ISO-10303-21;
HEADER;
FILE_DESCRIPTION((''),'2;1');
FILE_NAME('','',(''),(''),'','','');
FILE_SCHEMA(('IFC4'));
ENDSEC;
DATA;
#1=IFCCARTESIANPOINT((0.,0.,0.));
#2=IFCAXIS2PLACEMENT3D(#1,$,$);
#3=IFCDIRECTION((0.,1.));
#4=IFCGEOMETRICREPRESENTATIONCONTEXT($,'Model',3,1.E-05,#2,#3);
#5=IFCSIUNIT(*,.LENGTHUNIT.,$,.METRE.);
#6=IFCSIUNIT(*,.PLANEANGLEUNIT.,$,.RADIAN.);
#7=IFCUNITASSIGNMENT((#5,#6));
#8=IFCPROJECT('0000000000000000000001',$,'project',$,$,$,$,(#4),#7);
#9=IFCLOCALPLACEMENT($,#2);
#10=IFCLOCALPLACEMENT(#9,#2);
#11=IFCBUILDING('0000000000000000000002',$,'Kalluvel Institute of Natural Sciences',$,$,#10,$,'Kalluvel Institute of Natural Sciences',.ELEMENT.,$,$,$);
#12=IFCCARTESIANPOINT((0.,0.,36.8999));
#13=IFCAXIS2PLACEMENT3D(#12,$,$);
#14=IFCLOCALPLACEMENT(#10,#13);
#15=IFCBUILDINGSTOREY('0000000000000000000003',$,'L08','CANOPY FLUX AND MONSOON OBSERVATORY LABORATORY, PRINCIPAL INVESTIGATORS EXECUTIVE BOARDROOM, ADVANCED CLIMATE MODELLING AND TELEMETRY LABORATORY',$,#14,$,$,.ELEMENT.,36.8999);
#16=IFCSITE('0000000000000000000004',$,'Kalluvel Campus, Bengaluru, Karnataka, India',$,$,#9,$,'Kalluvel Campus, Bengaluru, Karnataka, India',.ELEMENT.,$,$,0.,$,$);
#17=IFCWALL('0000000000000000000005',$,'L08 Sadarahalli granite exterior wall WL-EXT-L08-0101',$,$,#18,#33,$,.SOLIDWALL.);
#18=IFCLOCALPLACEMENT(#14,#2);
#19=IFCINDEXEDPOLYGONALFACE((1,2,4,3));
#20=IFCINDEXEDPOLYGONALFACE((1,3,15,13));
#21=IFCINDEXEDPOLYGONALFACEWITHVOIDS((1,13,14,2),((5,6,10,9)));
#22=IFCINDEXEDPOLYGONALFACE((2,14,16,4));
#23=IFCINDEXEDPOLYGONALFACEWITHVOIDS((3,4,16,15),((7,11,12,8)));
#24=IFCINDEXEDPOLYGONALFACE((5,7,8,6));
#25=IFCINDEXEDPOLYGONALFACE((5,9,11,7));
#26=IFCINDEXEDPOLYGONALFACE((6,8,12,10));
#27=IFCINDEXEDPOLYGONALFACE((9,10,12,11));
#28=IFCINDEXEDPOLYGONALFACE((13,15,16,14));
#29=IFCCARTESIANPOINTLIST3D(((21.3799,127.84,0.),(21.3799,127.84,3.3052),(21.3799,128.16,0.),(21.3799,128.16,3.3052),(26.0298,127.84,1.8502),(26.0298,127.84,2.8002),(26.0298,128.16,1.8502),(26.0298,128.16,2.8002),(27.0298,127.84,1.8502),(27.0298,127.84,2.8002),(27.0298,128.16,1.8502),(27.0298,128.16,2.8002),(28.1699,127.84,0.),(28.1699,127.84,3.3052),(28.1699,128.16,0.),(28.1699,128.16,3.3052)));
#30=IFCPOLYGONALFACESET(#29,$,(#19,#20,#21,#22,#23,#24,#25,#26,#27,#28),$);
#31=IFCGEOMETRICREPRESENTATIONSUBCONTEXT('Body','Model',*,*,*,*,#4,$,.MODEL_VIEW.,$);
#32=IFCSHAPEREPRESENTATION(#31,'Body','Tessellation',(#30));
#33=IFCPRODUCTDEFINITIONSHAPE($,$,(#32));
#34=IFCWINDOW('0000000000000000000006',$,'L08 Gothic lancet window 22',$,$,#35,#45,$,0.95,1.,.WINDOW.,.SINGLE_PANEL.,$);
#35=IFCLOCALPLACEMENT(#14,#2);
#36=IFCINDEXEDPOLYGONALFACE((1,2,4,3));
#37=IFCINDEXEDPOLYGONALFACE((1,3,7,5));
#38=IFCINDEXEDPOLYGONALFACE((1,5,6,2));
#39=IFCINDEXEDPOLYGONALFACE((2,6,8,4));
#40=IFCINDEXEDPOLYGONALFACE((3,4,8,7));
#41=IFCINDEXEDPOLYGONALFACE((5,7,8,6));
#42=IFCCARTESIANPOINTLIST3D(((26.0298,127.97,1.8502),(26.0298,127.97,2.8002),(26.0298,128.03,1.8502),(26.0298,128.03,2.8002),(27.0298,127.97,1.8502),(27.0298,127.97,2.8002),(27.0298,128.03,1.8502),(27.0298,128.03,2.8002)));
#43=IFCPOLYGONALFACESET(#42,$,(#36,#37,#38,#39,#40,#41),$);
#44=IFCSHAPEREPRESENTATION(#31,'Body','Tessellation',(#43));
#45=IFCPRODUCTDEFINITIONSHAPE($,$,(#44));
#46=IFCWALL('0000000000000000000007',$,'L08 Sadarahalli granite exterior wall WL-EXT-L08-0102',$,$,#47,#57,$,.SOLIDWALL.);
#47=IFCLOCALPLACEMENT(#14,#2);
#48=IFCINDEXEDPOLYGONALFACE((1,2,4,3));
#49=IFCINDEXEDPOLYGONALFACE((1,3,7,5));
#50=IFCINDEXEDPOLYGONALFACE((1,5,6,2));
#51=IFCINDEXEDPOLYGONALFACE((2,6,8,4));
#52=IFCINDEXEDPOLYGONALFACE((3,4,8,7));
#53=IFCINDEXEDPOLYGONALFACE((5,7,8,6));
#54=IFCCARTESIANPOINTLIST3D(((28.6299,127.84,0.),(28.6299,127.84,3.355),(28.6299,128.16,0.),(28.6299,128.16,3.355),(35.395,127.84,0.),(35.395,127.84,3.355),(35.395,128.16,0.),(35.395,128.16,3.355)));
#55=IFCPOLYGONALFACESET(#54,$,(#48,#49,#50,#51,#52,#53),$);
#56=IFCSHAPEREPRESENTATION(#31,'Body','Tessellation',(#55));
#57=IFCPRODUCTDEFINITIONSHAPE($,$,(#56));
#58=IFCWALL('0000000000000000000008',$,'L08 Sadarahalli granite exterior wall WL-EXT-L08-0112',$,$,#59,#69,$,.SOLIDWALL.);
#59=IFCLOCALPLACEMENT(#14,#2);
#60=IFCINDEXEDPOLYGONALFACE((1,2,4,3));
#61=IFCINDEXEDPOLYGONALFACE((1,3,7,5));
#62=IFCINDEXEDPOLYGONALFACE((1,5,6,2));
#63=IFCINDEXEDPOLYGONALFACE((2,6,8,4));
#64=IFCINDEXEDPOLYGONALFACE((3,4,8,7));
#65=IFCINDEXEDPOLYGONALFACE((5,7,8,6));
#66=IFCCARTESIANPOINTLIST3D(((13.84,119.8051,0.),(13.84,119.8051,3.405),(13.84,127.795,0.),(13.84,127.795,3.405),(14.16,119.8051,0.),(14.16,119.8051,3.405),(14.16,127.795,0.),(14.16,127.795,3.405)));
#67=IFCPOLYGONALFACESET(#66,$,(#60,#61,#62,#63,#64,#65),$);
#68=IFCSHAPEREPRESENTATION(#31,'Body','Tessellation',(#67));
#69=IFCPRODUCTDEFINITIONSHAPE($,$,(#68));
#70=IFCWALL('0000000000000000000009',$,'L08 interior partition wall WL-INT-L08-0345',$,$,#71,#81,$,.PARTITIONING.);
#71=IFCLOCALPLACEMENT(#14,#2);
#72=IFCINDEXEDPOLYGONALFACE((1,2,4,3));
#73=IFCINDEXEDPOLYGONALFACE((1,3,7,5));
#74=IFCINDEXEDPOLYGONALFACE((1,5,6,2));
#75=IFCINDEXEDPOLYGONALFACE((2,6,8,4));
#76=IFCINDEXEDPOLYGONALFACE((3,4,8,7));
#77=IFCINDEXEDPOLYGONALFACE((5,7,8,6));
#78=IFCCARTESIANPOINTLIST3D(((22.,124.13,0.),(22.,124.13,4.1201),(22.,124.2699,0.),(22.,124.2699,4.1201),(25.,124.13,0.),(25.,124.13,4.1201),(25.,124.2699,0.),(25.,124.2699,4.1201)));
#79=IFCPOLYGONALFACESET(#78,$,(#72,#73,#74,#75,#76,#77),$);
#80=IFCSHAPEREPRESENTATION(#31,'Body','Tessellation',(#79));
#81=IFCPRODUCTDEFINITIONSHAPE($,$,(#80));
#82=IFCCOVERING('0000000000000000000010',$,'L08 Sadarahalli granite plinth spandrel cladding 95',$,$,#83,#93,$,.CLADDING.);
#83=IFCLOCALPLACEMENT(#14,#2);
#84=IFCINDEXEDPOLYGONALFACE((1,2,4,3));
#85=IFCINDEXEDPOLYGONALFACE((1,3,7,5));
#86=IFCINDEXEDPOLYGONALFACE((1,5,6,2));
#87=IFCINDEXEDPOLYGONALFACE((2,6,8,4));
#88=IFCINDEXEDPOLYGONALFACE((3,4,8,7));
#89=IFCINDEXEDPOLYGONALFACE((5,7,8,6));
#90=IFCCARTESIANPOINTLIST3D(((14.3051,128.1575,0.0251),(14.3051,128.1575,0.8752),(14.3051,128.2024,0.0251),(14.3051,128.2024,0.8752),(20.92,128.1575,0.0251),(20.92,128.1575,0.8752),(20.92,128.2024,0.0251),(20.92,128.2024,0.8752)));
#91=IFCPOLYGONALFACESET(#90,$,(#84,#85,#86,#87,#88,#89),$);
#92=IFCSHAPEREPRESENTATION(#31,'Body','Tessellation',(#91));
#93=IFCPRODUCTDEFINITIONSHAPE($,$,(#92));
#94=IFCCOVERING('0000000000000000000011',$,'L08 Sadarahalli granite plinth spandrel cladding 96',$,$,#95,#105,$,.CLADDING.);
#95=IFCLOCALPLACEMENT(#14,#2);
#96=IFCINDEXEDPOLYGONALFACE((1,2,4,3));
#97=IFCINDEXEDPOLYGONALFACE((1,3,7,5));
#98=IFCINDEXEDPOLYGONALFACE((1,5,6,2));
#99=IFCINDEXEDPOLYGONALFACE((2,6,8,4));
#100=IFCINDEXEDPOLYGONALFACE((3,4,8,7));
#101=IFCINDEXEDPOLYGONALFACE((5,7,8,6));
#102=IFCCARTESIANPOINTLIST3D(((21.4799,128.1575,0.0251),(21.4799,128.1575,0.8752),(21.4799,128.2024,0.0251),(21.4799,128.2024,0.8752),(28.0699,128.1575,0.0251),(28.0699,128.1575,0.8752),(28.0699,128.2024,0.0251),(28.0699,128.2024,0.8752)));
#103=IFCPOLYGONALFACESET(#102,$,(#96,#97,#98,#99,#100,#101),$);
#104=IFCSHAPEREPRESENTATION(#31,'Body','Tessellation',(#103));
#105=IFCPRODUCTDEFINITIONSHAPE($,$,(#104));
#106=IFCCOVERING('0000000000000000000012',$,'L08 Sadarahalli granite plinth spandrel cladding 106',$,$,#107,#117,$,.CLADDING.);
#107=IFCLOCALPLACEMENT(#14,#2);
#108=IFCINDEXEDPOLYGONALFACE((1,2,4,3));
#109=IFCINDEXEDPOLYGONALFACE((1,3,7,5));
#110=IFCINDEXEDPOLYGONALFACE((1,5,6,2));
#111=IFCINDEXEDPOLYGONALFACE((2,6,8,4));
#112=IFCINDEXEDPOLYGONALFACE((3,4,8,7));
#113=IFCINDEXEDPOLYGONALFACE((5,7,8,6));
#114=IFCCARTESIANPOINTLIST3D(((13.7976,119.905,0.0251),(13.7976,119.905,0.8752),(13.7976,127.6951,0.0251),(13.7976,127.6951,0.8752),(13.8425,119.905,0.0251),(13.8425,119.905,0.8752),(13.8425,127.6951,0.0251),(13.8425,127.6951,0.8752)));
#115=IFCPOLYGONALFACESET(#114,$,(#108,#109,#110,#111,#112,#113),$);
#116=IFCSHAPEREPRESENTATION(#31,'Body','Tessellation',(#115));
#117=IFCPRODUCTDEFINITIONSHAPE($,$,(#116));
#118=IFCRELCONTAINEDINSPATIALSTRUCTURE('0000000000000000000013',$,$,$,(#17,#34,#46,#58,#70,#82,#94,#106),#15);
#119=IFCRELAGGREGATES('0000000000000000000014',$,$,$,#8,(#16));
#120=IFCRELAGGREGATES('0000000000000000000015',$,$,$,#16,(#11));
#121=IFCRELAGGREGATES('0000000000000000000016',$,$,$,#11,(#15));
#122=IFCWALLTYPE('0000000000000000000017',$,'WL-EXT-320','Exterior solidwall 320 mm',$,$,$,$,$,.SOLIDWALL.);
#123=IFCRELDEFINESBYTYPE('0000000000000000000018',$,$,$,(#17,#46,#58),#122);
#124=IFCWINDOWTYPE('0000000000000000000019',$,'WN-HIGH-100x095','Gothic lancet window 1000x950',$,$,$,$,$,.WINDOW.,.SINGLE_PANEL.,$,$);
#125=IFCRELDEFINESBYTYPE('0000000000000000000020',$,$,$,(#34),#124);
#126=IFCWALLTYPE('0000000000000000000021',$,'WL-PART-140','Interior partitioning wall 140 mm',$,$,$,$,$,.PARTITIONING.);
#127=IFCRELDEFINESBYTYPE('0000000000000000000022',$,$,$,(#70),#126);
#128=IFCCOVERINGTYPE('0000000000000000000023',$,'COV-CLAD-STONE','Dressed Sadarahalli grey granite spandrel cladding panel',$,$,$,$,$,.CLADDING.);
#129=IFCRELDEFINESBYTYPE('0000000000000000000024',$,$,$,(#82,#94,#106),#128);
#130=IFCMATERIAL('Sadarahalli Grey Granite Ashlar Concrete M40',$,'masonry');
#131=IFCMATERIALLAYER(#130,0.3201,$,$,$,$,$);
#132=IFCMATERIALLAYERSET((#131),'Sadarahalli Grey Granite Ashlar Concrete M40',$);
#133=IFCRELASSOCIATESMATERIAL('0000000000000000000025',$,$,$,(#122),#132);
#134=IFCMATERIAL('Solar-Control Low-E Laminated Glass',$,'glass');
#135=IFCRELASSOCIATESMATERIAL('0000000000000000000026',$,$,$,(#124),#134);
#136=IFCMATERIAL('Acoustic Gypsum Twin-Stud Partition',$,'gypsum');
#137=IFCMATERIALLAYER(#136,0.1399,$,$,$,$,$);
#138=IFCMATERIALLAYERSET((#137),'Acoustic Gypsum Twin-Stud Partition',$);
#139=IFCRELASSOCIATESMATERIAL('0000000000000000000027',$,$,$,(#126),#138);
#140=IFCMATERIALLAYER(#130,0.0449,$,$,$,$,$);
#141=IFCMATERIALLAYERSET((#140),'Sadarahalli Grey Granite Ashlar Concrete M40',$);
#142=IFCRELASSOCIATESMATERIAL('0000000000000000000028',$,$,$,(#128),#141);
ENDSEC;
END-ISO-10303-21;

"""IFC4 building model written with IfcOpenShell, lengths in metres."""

from ifc_helpers import new_model, si_unit, direction, frame, frame_2d, origin, origin_2d, place, context, subcontext, project, spatial, rectangle, extrude, material, layer, layer_set, type_object, element, fill, save


model = new_model("IFC4")

# Units and contexts
model_context = context("Model", 3, precision=1e-05, world=origin(), true_north=direction((0.0, 1.0)))
body_context = subcontext(model_context, "Body", "Model", "MODEL_VIEW")
ifc_project = project(units=[si_unit("LENGTHUNIT", "METRE"), si_unit("PLANEANGLEUNIT", "RADIAN")], contexts=[model_context])

# Site, building, storey
site_placement = place(None, origin())
site = spatial("IfcSite", under=ifc_project, at=site_placement, Name="Kalluvel Campus, Bengaluru, Karnataka, India", LongName="Kalluvel Campus, Bengaluru, Karnataka, India", CompositionType="ELEMENT", RefElevation=0.0)
building_placement = place(site_placement, origin())
building = spatial("IfcBuilding", under=site, at=building_placement, Name="Kalluvel Institute of Natural Sciences", LongName="Kalluvel Institute of Natural Sciences", CompositionType="ELEMENT")
storey_placement = place(building_placement, frame((0.0, 0.0, 36.8999)))
storey = spatial("IfcBuildingStorey", under=building, at=storey_placement, Name="L08", Description="CANOPY FLUX AND MONSOON OBSERVATORY LABORATORY, PRINCIPAL INVESTIGATORS EXECUTIVE BOARDROOM, ADVANCED CLIMATE MODELLING AND TELEMETRY LABORATORY", CompositionType="ELEMENT", Elevation=36.8999)

# Shared definitions
ifc_material_1 = material(Name="Sadarahalli Grey Granite Ashlar Concrete M40", Category="masonry")
ifc_layer_1 = layer(ifc_material_1, 0.3201)
ifc_layer_set_1 = layer_set([ifc_layer_1], Name="Sadarahalli Grey Granite Ashlar Concrete M40")
wall_type_1 = type_object("IfcWallType", Name="WL-EXT-320", Description="Exterior solidwall 320 mm", PredefinedType="SOLIDWALL", material=ifc_layer_set_1)

# Wall, opening, window
wall_1_placement = place(storey_placement, frame((21.3799, 128.0, 0.0), z_axis=(0.0, 0.0, 1.0), x_axis=(1.0, 0.0, 0.0)))
wall_1 = element("IfcWall", 1, at=wall_1_placement, inside=storey, type_object=wall_type_1, Name="L08 Sadarahalli granite exterior wall WL-EXT-L08-0101", PredefinedType="SOLIDWALL", context=body_context, shape_type="SweptSolid", body=[
    extrude(rectangle(XDim=6.79, YDim=0.3201, at=frame_2d((3.395, 0.0))), origin(), (0.0, 0.0, 1.0), 3.3052),
])
opening_1_placement = place(wall_1_placement, frame((4.6499, 0.0, 1.8501)))
opening_1 = element("IfcOpeningElement", 2, at=opening_1_placement, cuts=wall_1, PredefinedType="OPENING", context=body_context, shape_type="SweptSolid", body=[
    extrude(rectangle(XDim=1.0, YDim=0.95, at=frame_2d((0.5, 0.4751))), frame((0.0, 0.1699, 0.0), z_axis=(0.0, -1.0, 0.0), x_axis=(1.0, 0.0, 0.0)), (0.0, 0.0, 1.0), 0.3401),
])
ifc_material_2 = material(Name="Solar-Control Low-E Laminated Glass", Category="glass")
window_type = type_object("IfcWindowType", Name="WN-HIGH-100x095", Description="Gothic lancet window 1000x950", PartitioningType="SINGLE_PANEL", PredefinedType="WINDOW", material=ifc_material_2)
window_placement = place(opening_1_placement, origin())
window = element("IfcWindow", 3, at=window_placement, inside=storey, type_object=window_type, Name="L08 Gothic lancet window 22", OverallHeight=0.95, OverallWidth=1.0, PartitioningType="SINGLE_PANEL", PredefinedType="WINDOW", context=body_context, shape_type="SweptSolid", body=[
    extrude(rectangle(XDim=1.0, YDim=0.95, at=frame_2d((0.5, 0.4751))), frame((0.0, 0.03, 0.0), z_axis=(0.0, -1.0, 0.0), x_axis=(1.0, 0.0, 0.0)), (0.0, 0.0, 1.0), 0.0601),
])
fill(opening_1, window)

# Walls
wall_2_placement = place(storey_placement, frame((28.6299, 128.0, 0.0), z_axis=(0.0, 0.0, 1.0), x_axis=(1.0, 0.0, 0.0)))
element("IfcWall", 4, at=wall_2_placement, inside=storey, type_object=wall_type_1, Name="L08 Sadarahalli granite exterior wall WL-EXT-L08-0102", PredefinedType="SOLIDWALL", context=body_context, shape_type="SweptSolid", body=[
    extrude(rectangle(XDim=6.7651, YDim=0.3201, at=frame_2d((3.3826, 0.0))), origin(), (0.0, 0.0, 1.0), 3.355),
])
wall_3_placement = place(storey_placement, frame((14.0, 119.8049, 0.0), z_axis=(0.0, 0.0, 1.0), x_axis=(0.0, 1.0, 0.0)))
element("IfcWall", 5, at=wall_3_placement, inside=storey, type_object=wall_type_1, Name="L08 Sadarahalli granite exterior wall WL-EXT-L08-0112", PredefinedType="SOLIDWALL", context=body_context, shape_type="SweptSolid", body=[
    extrude(rectangle(XDim=7.99, YDim=0.3201, at=frame_2d((3.9951, 0.0))), origin(), (0.0, 0.0, 1.0), 3.405),
])
ifc_material_3 = material(Name="Acoustic Gypsum Twin-Stud Partition", Category="gypsum")
ifc_layer_2 = layer(ifc_material_3, 0.1399)
ifc_layer_set_2 = layer_set([ifc_layer_2], Name="Acoustic Gypsum Twin-Stud Partition")
wall_type_2 = type_object("IfcWallType", Name="WL-PART-140", Description="Interior partitioning wall 140 mm", PredefinedType="PARTITIONING", material=ifc_layer_set_2)
wall_4_placement = place(storey_placement, frame((22.0, 124.2, 0.0), z_axis=(0.0, 0.0, 1.0), x_axis=(1.0, 0.0, 0.0)))
element("IfcWall", 6, at=wall_4_placement, inside=storey, type_object=wall_type_2, Name="L08 interior partition wall WL-INT-L08-0345", PredefinedType="PARTITIONING", context=body_context, shape_type="SweptSolid", body=[
    extrude(rectangle(XDim=3.0, YDim=0.1399, at=frame_2d((1.5, 0.0))), origin(), (0.0, 0.0, 1.0), 4.1201),
])

# Coverings
ifc_layer_3 = layer(ifc_material_1, 0.0449)
ifc_layer_set_3 = layer_set([ifc_layer_3], Name="Sadarahalli Grey Granite Ashlar Concrete M40")
covering_type = type_object("IfcCoveringType", Name="COV-CLAD-STONE", Description="Dressed Sadarahalli grey granite spandrel cladding panel", PredefinedType="CLADDING", material=ifc_layer_set_3)
covering_1_placement = place(storey_placement, frame((17.6125, 128.1799, 0.0251), z_axis=(0.0, 0.0, 1.0), x_axis=(1.0, 0.0, 0.0)))
element("IfcCovering", 7, at=covering_1_placement, inside=storey, type_object=covering_type, Name="L08 Sadarahalli granite plinth spandrel cladding 95", PredefinedType="CLADDING", context=body_context, shape_type="SweptSolid", body=[
    extrude(rectangle(XDim=6.615, YDim=0.0449, at=origin_2d()), origin(), (0.0, 0.0, 1.0), 0.8501),
])
covering_2_placement = place(storey_placement, frame((24.7749, 128.1799, 0.0251), z_axis=(0.0, 0.0, 1.0), x_axis=(1.0, 0.0, 0.0)))
element("IfcCovering", 8, at=covering_2_placement, inside=storey, type_object=covering_type, Name="L08 Sadarahalli granite plinth spandrel cladding 96", PredefinedType="CLADDING", context=body_context, shape_type="SweptSolid", body=[
    extrude(rectangle(XDim=6.5901, YDim=0.0449, at=origin_2d()), origin(), (0.0, 0.0, 1.0), 0.8501),
])
covering_3_placement = place(storey_placement, frame((13.8201, 123.8, 0.0251), z_axis=(0.0, 0.0, 1.0), x_axis=(0.0, 1.0, 0.0)))
element("IfcCovering", 9, at=covering_3_placement, inside=storey, type_object=covering_type, Name="L08 Sadarahalli granite plinth spandrel cladding 106", PredefinedType="CLADDING", context=body_context, shape_type="SweptSolid", body=[
    extrude(rectangle(XDim=7.79, YDim=0.0449, at=origin_2d()), origin(), (0.0, 0.0, 1.0), 0.8501),
])

save(model, "model.ifc")
